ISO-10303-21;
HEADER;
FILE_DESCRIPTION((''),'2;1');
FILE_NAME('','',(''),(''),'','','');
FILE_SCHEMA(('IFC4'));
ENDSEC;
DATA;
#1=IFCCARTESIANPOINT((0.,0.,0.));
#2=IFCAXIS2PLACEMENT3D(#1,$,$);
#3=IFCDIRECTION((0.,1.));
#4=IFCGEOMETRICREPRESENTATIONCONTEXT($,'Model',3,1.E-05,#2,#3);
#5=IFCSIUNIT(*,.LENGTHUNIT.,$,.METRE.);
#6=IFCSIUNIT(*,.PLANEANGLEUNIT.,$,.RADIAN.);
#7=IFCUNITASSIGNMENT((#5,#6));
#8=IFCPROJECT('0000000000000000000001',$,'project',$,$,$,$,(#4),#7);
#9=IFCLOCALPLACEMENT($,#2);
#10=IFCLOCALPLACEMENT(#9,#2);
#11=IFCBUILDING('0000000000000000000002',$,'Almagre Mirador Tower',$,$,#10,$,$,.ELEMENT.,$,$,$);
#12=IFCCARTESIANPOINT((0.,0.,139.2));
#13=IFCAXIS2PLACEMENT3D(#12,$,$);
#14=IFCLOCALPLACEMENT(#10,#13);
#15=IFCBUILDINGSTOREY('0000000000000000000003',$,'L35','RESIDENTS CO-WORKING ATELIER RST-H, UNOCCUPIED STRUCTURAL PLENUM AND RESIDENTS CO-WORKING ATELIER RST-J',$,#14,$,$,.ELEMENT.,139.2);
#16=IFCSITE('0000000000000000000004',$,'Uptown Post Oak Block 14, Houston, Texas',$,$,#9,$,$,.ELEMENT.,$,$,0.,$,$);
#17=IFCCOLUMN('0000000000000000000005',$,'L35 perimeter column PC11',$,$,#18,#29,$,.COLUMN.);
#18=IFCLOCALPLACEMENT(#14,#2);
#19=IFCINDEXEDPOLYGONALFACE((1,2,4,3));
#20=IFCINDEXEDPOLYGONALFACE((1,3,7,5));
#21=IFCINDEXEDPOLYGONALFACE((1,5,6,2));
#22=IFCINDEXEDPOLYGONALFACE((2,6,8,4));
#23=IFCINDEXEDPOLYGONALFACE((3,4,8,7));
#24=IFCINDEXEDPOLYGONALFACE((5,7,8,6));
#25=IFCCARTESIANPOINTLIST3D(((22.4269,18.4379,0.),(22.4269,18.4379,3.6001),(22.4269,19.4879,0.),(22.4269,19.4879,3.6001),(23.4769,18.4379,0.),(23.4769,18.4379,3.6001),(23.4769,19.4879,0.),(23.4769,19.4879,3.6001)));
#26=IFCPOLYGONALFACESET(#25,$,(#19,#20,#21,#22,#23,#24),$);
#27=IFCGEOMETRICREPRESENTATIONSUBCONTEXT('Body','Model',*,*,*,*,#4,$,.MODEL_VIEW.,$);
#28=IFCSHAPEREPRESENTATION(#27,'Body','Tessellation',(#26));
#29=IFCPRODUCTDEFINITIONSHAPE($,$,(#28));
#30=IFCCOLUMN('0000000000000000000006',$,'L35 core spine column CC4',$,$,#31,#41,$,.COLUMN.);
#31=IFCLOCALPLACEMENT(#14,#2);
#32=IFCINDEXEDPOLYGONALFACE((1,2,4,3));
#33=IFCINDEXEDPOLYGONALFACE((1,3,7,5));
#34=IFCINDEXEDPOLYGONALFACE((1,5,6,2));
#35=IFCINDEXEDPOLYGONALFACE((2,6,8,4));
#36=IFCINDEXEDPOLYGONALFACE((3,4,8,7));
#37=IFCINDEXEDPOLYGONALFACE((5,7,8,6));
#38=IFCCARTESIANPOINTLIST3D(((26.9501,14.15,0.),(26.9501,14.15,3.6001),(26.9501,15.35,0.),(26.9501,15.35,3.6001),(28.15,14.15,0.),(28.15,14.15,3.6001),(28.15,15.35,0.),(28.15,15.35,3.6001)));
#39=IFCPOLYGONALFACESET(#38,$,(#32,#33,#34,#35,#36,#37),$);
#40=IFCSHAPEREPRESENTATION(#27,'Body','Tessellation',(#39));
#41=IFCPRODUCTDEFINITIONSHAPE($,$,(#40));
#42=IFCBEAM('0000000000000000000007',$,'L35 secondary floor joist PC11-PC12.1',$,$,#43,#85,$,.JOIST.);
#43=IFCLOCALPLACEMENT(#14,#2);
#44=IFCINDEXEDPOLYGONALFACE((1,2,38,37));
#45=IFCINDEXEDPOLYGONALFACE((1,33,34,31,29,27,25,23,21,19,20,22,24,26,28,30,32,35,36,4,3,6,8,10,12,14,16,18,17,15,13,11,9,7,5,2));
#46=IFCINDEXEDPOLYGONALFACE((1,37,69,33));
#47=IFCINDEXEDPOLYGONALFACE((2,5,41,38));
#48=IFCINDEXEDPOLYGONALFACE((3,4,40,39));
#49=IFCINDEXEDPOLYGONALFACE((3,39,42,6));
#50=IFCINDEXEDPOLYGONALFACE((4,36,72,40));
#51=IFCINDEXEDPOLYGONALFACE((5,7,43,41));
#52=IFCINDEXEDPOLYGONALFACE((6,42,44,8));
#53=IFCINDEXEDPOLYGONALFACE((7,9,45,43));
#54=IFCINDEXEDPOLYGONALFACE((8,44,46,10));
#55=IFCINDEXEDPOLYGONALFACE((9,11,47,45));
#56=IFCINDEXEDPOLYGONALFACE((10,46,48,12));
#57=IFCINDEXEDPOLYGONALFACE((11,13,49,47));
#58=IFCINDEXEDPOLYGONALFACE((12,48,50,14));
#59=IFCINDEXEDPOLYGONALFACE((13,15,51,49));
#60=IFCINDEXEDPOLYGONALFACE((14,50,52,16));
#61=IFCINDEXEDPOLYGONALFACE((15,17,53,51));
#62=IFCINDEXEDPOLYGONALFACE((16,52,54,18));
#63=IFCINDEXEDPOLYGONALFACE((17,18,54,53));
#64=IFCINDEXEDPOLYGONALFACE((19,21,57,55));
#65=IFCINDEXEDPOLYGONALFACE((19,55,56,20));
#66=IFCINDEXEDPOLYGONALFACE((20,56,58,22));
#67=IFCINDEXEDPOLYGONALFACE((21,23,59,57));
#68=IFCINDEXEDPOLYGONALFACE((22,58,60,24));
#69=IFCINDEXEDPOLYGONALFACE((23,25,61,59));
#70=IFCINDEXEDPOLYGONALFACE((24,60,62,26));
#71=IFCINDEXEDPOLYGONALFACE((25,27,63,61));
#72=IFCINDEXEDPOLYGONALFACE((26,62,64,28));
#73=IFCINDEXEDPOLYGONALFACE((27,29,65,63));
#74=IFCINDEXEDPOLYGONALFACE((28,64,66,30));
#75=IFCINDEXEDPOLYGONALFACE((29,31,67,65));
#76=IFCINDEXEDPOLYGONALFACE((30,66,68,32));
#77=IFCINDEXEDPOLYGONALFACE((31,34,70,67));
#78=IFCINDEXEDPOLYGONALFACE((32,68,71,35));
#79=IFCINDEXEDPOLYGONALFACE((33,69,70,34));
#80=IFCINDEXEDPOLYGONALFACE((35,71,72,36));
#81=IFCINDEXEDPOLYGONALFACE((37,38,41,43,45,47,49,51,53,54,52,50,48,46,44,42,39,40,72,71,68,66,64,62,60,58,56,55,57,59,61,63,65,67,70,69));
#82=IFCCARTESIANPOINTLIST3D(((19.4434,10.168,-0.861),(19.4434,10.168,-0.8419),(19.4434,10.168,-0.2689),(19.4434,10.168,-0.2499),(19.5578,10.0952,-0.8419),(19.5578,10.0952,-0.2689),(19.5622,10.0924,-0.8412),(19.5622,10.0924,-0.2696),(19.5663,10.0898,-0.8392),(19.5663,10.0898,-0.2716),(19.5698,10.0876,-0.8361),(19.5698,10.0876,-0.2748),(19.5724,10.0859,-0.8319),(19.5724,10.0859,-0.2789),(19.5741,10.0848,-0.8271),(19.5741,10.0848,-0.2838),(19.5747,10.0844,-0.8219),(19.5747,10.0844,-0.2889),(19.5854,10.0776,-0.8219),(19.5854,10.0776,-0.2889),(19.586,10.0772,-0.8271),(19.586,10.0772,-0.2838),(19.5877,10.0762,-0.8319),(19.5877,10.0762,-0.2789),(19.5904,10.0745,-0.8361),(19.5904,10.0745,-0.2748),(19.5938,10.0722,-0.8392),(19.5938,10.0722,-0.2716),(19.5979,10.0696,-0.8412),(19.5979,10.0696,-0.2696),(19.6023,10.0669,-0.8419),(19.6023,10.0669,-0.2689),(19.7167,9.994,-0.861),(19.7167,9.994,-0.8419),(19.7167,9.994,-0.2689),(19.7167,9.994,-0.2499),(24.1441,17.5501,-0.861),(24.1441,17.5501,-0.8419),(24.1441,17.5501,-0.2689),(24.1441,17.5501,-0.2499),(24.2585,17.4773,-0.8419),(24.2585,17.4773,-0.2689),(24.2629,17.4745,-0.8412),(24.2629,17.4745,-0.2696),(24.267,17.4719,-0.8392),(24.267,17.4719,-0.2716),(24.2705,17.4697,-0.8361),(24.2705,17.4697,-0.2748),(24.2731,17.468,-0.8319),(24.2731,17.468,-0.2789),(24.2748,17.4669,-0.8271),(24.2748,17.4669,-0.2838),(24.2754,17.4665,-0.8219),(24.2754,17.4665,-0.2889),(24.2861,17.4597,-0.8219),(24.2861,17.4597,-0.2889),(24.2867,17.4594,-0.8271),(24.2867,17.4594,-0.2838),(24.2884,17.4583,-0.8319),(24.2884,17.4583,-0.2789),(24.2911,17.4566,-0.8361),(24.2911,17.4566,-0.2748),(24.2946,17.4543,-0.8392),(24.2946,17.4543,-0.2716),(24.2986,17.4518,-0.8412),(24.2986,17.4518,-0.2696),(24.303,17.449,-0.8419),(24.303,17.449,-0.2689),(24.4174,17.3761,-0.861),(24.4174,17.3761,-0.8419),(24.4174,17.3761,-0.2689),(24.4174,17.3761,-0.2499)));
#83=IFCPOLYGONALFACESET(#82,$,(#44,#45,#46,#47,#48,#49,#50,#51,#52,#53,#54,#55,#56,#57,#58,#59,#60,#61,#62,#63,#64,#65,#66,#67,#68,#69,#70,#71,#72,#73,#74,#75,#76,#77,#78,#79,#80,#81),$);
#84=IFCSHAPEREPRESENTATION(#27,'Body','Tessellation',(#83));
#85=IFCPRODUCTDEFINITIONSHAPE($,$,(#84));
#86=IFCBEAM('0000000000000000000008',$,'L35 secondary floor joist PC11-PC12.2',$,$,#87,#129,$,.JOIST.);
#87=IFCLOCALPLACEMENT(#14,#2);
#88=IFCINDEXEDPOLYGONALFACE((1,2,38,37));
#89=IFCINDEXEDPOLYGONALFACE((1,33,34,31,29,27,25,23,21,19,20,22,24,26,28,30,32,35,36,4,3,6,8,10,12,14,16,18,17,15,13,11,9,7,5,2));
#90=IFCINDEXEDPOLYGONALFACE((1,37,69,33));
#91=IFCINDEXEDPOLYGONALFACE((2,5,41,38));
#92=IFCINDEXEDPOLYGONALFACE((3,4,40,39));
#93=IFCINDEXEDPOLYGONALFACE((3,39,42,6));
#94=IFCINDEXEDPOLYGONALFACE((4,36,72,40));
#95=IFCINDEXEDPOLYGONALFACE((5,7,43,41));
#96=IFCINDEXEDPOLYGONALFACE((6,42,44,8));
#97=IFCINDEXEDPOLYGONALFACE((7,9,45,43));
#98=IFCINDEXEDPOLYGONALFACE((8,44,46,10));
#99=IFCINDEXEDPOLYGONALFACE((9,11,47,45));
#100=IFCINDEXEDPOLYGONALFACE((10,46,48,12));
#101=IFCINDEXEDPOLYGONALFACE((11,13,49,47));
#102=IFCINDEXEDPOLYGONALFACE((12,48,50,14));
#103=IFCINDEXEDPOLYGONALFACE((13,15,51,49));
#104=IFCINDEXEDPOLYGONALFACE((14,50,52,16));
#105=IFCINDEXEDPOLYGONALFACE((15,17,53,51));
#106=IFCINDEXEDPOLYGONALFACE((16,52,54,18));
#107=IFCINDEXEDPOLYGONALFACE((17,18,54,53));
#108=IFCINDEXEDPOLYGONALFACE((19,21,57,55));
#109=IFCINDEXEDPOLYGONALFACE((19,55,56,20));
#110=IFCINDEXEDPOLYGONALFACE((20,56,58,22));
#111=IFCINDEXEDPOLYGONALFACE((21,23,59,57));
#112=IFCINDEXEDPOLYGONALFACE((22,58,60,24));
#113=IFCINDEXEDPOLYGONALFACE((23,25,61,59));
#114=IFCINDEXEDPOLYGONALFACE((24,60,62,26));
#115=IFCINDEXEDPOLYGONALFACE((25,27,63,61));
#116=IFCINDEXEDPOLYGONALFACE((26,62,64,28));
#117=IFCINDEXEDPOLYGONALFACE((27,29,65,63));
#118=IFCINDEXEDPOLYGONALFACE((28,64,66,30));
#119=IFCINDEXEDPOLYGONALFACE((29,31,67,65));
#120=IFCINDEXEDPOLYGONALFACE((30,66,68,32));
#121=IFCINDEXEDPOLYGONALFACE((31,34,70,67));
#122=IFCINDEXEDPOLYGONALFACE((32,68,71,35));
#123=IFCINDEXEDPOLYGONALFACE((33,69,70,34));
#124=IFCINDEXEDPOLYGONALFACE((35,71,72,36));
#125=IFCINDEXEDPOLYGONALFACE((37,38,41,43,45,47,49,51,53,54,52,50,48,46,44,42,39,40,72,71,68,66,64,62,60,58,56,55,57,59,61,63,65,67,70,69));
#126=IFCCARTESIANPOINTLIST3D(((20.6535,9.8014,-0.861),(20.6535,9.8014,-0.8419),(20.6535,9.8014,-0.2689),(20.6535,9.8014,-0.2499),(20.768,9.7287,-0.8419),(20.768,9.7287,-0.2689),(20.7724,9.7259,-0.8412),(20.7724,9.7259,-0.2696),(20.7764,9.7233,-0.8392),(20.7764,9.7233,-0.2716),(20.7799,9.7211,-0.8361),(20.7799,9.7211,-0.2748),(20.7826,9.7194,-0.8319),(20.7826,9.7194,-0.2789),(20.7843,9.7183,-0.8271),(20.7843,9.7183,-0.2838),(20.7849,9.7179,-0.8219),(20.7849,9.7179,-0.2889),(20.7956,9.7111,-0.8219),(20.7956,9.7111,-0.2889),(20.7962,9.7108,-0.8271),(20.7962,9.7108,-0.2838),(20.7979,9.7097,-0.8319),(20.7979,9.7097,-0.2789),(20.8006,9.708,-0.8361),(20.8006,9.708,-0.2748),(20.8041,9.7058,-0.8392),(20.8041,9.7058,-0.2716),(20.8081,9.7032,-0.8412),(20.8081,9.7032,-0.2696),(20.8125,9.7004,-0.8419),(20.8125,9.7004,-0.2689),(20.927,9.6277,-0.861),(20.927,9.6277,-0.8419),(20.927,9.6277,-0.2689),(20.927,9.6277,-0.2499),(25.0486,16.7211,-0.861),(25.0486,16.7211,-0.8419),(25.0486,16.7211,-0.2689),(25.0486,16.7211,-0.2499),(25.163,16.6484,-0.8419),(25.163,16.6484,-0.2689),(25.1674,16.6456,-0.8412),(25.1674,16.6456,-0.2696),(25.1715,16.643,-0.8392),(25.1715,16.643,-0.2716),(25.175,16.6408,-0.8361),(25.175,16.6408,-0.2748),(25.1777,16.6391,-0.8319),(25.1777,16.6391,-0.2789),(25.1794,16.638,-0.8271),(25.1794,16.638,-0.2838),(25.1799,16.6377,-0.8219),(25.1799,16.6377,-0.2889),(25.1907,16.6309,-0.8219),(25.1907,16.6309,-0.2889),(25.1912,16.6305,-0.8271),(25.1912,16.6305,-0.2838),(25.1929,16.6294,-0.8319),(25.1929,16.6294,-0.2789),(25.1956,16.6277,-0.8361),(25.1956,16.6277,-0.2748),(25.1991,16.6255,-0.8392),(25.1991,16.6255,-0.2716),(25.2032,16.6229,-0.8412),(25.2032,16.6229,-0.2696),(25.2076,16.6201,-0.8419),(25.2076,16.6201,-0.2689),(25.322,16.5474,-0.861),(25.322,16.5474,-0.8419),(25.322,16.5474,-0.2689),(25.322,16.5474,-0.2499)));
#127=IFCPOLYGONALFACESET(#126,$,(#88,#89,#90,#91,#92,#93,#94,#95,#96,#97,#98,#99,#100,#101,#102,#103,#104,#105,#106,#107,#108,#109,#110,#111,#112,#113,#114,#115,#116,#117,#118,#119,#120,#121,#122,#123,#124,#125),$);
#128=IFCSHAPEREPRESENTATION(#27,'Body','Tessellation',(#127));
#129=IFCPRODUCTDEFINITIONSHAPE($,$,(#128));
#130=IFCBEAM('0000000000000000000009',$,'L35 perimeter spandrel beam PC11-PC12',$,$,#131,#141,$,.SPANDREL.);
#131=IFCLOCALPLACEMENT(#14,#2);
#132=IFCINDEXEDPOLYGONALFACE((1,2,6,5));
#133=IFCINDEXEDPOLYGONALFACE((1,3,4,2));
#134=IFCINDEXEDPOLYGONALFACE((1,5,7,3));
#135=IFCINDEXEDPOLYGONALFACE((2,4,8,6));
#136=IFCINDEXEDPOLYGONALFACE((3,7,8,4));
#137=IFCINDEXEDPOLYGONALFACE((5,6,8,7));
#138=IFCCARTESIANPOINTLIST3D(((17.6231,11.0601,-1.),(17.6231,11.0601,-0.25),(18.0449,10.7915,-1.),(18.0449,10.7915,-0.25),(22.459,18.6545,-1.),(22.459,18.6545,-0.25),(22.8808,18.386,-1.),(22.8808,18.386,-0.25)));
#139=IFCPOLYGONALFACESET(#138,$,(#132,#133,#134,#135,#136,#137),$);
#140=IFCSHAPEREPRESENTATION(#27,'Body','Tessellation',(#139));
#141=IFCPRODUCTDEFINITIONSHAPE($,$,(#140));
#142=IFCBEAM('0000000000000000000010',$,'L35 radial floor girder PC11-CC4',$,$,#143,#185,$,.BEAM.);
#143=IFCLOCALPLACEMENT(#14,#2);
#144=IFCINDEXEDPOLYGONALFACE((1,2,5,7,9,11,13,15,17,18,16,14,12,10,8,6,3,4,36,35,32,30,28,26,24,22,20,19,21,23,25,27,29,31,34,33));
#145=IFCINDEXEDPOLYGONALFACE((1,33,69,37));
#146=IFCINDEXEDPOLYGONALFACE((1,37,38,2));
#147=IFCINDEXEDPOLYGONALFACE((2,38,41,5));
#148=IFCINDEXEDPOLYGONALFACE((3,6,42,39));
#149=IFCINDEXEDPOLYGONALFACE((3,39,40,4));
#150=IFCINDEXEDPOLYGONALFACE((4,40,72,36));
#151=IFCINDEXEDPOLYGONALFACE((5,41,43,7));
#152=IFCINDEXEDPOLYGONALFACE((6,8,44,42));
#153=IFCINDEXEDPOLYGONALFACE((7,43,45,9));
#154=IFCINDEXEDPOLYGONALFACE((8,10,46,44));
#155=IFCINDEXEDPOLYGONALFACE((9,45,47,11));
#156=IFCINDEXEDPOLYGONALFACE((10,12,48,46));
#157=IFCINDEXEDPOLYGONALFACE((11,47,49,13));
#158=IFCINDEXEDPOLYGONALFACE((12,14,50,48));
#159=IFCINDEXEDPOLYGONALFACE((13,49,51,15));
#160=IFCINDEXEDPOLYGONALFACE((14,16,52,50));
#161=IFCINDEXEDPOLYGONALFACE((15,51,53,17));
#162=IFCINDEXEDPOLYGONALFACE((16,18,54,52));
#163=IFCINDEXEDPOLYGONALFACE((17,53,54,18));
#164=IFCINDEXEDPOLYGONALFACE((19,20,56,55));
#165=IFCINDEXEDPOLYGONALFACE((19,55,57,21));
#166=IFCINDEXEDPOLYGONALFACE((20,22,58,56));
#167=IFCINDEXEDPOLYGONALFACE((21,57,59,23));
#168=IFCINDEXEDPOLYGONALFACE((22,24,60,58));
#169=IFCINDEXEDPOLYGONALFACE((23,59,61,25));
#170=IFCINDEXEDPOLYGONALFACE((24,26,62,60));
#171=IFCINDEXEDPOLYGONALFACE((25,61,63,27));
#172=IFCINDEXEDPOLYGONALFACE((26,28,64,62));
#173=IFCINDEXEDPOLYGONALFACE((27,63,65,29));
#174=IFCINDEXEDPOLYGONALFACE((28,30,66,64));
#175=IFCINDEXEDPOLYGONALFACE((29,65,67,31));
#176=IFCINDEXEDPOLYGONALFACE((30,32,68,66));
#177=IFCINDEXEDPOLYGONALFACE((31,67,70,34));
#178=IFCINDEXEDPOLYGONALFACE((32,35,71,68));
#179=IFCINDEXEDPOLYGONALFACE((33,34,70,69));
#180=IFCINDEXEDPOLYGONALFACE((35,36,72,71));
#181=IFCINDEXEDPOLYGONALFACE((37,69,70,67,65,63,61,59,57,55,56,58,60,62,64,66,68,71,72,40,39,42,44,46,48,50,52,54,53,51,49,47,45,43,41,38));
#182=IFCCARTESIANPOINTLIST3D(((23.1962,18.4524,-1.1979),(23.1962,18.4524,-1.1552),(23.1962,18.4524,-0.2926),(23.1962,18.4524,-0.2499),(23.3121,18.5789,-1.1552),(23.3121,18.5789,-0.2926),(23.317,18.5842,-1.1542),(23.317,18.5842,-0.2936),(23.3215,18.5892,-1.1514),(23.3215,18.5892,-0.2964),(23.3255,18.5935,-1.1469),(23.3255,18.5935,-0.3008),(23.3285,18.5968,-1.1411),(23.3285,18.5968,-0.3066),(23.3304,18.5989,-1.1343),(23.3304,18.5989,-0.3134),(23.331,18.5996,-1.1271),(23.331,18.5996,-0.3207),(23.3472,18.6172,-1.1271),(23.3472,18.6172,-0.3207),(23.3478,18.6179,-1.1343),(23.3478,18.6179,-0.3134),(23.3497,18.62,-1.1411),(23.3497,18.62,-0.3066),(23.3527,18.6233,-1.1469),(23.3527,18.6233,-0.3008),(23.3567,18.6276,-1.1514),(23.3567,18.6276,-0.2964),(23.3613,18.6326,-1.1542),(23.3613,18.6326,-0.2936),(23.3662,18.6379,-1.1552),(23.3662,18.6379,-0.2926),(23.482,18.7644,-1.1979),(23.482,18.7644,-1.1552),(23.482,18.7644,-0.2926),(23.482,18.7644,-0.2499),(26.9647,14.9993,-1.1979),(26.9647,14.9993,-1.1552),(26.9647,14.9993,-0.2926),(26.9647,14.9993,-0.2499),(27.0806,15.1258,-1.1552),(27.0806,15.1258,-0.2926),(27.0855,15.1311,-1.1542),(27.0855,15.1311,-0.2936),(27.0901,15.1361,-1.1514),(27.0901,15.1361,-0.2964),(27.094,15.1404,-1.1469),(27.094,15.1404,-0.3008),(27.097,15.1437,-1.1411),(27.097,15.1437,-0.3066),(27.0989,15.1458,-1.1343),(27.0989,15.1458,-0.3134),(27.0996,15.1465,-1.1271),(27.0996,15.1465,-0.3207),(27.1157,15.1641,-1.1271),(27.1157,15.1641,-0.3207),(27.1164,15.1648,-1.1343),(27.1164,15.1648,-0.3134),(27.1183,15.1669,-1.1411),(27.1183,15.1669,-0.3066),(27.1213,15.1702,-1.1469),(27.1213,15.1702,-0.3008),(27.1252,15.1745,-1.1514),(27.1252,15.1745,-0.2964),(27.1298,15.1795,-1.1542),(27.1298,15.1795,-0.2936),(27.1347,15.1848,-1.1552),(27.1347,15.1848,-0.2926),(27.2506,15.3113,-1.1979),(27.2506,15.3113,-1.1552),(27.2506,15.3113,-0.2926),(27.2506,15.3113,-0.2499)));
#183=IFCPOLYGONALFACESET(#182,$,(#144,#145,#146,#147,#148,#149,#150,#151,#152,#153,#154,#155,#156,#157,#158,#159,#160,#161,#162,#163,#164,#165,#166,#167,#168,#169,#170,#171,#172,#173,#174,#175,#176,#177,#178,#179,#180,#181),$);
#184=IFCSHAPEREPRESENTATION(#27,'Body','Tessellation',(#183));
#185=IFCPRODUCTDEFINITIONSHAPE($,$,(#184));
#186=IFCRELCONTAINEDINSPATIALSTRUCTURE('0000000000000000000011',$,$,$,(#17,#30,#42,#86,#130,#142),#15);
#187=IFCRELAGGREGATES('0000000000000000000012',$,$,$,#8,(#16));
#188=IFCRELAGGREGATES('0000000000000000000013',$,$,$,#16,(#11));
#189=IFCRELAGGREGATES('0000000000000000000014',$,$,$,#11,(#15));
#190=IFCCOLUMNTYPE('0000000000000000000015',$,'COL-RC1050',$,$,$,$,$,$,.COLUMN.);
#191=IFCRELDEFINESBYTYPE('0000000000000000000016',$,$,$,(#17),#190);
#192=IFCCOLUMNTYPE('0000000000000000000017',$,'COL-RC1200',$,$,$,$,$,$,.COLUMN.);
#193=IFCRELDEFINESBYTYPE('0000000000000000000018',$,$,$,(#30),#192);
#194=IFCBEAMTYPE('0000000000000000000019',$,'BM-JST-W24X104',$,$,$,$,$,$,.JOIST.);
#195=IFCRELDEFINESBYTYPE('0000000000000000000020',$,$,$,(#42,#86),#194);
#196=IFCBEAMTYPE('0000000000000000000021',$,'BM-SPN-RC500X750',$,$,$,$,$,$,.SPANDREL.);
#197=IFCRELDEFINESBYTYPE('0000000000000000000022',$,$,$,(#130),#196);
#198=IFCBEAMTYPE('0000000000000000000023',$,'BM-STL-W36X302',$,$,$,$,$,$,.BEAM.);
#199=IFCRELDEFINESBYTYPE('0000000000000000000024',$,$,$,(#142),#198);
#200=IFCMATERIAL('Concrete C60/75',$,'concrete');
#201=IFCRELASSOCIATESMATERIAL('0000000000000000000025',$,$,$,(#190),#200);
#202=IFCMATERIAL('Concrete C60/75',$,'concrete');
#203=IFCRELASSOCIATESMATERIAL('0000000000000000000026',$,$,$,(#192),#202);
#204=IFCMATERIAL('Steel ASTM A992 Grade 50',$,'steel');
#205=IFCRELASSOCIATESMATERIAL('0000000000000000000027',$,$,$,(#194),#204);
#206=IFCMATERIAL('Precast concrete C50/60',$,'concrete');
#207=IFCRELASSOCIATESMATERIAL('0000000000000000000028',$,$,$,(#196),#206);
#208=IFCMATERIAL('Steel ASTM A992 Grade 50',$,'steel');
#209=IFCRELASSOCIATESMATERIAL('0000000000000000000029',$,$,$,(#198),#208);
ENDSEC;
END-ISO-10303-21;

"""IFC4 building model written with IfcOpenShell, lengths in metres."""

from ifc_helpers import new_model, si_unit, direction, frame, origin, origin_2d, place, context, subcontext, project, spatial, rectangle, i_section, extrude, material, material_profile, profile_set, type_object, element, save


model = new_model("IFC4")

# Units and contexts
model_context = context("Model", 3, precision=1e-05, world=origin(), true_north=direction((0.0, 1.0)))
body_context = subcontext(model_context, "Body", "Model", "MODEL_VIEW")
ifc_project = project(units=[si_unit("LENGTHUNIT", "METRE"), si_unit("PLANEANGLEUNIT", "RADIAN")], contexts=[model_context])

# Site, building, storey
site_placement = place(None, origin())
site = spatial("IfcSite", under=ifc_project, at=site_placement, Name="Uptown Post Oak Block 14, Houston, Texas", CompositionType="ELEMENT", RefElevation=0.0)
building_placement = place(site_placement, origin())
building = spatial("IfcBuilding", under=site, at=building_placement, Name="Almagre Mirador Tower", CompositionType="ELEMENT")
storey_placement = place(building_placement, frame((0.0, 0.0, 139.2)))
storey = spatial("IfcBuildingStorey", under=building, at=storey_placement, Name="L35", Description="RESIDENTS CO-WORKING ATELIER RST-H, UNOCCUPIED STRUCTURAL PLENUM AND RESIDENTS CO-WORKING ATELIER RST-J", CompositionType="ELEMENT", Elevation=139.2)

# Columns
ifc_material_1 = material(Name="Concrete C60/75", Category="concrete")
ifc_material_profile_1 = material_profile(ifc_material_1, rectangle(XDim=1.05, YDim=1.05, at=origin_2d()), Name="RC1050X1050")
ifc_profile_set_1 = profile_set([ifc_material_profile_1], Name="Concrete C60/75")
column_type_1 = type_object("IfcColumnType", Name="COL-RC1050", PredefinedType="COLUMN", material=ifc_profile_set_1)
column_1_placement = place(storey_placement, frame((22.9519, 18.9629, 0.0), z_axis=(0.0, 0.0, 1.0), x_axis=(1.0, 0.0, 0.0)))
element("IfcColumn", 1, at=column_1_placement, inside=storey, type_object=column_type_1, Name="L35 perimeter column PC11", PredefinedType="COLUMN", context=body_context, shape_type="SweptSolid", body=[
    extrude(rectangle(XDim=1.05, YDim=1.05, at=origin_2d()), origin(), (0.0, 0.0, 1.0), 3.6001),
])
ifc_material_2 = material(Name="Concrete C60/75", Category="concrete")
ifc_material_profile_2 = material_profile(ifc_material_2, rectangle(XDim=1.2, YDim=1.2, at=origin_2d()), Name="RC1200X1200")
ifc_profile_set_2 = profile_set([ifc_material_profile_2], Name="Concrete C60/75")
column_type_2 = type_object("IfcColumnType", Name="COL-RC1200", PredefinedType="COLUMN", material=ifc_profile_set_2)
column_2_placement = place(storey_placement, frame((27.55, 14.75, 0.0), z_axis=(0.0, 0.0, 1.0), x_axis=(1.0, 0.0, 0.0)))
element("IfcColumn", 2, at=column_2_placement, inside=storey, type_object=column_type_2, Name="L35 core spine column CC4", PredefinedType="COLUMN", context=body_context, shape_type="SweptSolid", body=[
    extrude(rectangle(XDim=1.2, YDim=1.2, at=origin_2d()), origin(), (0.0, 0.0, 1.0), 3.6001),
])

# Beams
ifc_material_3 = material(Name="Steel ASTM A992 Grade 50", Category="steel")
ifc_material_profile_3 = material_profile(ifc_material_3, i_section(OverallWidth=0.324, OverallDepth=0.6111, WebThickness=0.0127, FlangeThickness=0.019, FilletRadius=0.02, at=origin_2d()), Name="W24X104")
ifc_profile_set_3 = profile_set([ifc_material_profile_3], Name="Steel ASTM A992 Grade 50")
beam_type_1 = type_object("IfcBeamType", Name="BM-JST-W24X104", PredefinedType="JOIST", material=ifc_profile_set_3)
beam_1_placement = place(storey_placement, frame((24.2808, 17.4631, -0.5554), z_axis=(-0.537119, -0.843506, 0.0), x_axis=(0.843506, -0.537119, 0.0)))
element("IfcBeam", 3, at=beam_1_placement, inside=storey, type_object=beam_type_1, Name="L35 secondary floor joist PC11-PC12.1", PredefinedType="JOIST", context=body_context, shape_type="SweptSolid", body=[
    extrude(i_section(OverallWidth=0.324, OverallDepth=0.6111, WebThickness=0.0127, FlangeThickness=0.019, FilletRadius=0.02, at=origin_2d()), origin(), (0.0, 0.0, 1.0), 8.7517),
])
beam_2_placement = place(storey_placement, frame((25.1853, 16.6343, -0.5554), z_axis=(-0.536145, -0.844126, 0.0), x_axis=(0.844126, -0.536145, 0.0)))
element("IfcBeam", 4, at=beam_2_placement, inside=storey, type_object=beam_type_1, Name="L35 secondary floor joist PC11-PC12.2", PredefinedType="JOIST", context=body_context, shape_type="SweptSolid", body=[
    extrude(i_section(OverallWidth=0.324, OverallDepth=0.6111, WebThickness=0.0127, FlangeThickness=0.019, FilletRadius=0.02, at=origin_2d()), origin(), (0.0, 0.0, 1.0), 8.1975),
])
ifc_material_4 = material(Name="Precast concrete C50/60", Category="concrete")
ifc_material_profile_4 = material_profile(ifc_material_4, rectangle(XDim=0.5, YDim=0.75, at=origin_2d()), Name="RC500X750")
ifc_profile_set_4 = profile_set([ifc_material_profile_4], Name="Precast concrete C50/60")
beam_type_2 = type_object("IfcBeamType", Name="BM-SPN-RC500X750", PredefinedType="SPANDREL", material=ifc_profile_set_4)
beam_3_placement = place(storey_placement, frame((22.6699, 18.5203, -0.625), z_axis=(-0.537119, -0.843506, 0.0), x_axis=(0.843506, -0.537119, 0.0)))
element("IfcBeam", 5, at=beam_3_placement, inside=storey, type_object=beam_type_2, Name="L35 perimeter spandrel beam PC11-PC12", PredefinedType="SPANDREL", context=body_context, shape_type="SweptSolid", body=[
    extrude(rectangle(XDim=0.5, YDim=0.75, at=origin_2d()), origin(), (0.0, 0.0, 1.0), 9.0034),
])
ifc_material_5 = material(Name="Steel ASTM A992 Grade 50", Category="steel")
ifc_material_profile_5 = material_profile(ifc_material_5, i_section(OverallWidth=0.4231, OverallDepth=0.948, WebThickness=0.0239, FlangeThickness=0.0427, FilletRadius=0.0281, at=origin_2d()), Name="W36X302")
ifc_profile_set_5 = profile_set([ifc_material_profile_5], Name="Steel ASTM A992 Grade 50")
beam_type_3 = type_object("IfcBeamType", Name="BM-STL-W36X302", PredefinedType="BEAM", material=ifc_profile_set_5)
beam_4_placement = place(storey_placement, frame((23.3391, 18.6084, -0.7239), z_axis=(0.737289, -0.675578, 0.0), x_axis=(0.675578, 0.737289, 0.0)))
element("IfcBeam", 6, at=beam_4_placement, inside=storey, type_object=beam_type_3, Name="L35 radial floor girder PC11-CC4", PredefinedType="BEAM", context=body_context, shape_type="SweptSolid", body=[
    extrude(i_section(OverallWidth=0.4231, OverallDepth=0.948, WebThickness=0.0239, FlangeThickness=0.0427, FilletRadius=0.0281, at=origin_2d()), origin(), (0.0, 0.0, 1.0), 5.1113),
])

save(model, "model.ifc")
